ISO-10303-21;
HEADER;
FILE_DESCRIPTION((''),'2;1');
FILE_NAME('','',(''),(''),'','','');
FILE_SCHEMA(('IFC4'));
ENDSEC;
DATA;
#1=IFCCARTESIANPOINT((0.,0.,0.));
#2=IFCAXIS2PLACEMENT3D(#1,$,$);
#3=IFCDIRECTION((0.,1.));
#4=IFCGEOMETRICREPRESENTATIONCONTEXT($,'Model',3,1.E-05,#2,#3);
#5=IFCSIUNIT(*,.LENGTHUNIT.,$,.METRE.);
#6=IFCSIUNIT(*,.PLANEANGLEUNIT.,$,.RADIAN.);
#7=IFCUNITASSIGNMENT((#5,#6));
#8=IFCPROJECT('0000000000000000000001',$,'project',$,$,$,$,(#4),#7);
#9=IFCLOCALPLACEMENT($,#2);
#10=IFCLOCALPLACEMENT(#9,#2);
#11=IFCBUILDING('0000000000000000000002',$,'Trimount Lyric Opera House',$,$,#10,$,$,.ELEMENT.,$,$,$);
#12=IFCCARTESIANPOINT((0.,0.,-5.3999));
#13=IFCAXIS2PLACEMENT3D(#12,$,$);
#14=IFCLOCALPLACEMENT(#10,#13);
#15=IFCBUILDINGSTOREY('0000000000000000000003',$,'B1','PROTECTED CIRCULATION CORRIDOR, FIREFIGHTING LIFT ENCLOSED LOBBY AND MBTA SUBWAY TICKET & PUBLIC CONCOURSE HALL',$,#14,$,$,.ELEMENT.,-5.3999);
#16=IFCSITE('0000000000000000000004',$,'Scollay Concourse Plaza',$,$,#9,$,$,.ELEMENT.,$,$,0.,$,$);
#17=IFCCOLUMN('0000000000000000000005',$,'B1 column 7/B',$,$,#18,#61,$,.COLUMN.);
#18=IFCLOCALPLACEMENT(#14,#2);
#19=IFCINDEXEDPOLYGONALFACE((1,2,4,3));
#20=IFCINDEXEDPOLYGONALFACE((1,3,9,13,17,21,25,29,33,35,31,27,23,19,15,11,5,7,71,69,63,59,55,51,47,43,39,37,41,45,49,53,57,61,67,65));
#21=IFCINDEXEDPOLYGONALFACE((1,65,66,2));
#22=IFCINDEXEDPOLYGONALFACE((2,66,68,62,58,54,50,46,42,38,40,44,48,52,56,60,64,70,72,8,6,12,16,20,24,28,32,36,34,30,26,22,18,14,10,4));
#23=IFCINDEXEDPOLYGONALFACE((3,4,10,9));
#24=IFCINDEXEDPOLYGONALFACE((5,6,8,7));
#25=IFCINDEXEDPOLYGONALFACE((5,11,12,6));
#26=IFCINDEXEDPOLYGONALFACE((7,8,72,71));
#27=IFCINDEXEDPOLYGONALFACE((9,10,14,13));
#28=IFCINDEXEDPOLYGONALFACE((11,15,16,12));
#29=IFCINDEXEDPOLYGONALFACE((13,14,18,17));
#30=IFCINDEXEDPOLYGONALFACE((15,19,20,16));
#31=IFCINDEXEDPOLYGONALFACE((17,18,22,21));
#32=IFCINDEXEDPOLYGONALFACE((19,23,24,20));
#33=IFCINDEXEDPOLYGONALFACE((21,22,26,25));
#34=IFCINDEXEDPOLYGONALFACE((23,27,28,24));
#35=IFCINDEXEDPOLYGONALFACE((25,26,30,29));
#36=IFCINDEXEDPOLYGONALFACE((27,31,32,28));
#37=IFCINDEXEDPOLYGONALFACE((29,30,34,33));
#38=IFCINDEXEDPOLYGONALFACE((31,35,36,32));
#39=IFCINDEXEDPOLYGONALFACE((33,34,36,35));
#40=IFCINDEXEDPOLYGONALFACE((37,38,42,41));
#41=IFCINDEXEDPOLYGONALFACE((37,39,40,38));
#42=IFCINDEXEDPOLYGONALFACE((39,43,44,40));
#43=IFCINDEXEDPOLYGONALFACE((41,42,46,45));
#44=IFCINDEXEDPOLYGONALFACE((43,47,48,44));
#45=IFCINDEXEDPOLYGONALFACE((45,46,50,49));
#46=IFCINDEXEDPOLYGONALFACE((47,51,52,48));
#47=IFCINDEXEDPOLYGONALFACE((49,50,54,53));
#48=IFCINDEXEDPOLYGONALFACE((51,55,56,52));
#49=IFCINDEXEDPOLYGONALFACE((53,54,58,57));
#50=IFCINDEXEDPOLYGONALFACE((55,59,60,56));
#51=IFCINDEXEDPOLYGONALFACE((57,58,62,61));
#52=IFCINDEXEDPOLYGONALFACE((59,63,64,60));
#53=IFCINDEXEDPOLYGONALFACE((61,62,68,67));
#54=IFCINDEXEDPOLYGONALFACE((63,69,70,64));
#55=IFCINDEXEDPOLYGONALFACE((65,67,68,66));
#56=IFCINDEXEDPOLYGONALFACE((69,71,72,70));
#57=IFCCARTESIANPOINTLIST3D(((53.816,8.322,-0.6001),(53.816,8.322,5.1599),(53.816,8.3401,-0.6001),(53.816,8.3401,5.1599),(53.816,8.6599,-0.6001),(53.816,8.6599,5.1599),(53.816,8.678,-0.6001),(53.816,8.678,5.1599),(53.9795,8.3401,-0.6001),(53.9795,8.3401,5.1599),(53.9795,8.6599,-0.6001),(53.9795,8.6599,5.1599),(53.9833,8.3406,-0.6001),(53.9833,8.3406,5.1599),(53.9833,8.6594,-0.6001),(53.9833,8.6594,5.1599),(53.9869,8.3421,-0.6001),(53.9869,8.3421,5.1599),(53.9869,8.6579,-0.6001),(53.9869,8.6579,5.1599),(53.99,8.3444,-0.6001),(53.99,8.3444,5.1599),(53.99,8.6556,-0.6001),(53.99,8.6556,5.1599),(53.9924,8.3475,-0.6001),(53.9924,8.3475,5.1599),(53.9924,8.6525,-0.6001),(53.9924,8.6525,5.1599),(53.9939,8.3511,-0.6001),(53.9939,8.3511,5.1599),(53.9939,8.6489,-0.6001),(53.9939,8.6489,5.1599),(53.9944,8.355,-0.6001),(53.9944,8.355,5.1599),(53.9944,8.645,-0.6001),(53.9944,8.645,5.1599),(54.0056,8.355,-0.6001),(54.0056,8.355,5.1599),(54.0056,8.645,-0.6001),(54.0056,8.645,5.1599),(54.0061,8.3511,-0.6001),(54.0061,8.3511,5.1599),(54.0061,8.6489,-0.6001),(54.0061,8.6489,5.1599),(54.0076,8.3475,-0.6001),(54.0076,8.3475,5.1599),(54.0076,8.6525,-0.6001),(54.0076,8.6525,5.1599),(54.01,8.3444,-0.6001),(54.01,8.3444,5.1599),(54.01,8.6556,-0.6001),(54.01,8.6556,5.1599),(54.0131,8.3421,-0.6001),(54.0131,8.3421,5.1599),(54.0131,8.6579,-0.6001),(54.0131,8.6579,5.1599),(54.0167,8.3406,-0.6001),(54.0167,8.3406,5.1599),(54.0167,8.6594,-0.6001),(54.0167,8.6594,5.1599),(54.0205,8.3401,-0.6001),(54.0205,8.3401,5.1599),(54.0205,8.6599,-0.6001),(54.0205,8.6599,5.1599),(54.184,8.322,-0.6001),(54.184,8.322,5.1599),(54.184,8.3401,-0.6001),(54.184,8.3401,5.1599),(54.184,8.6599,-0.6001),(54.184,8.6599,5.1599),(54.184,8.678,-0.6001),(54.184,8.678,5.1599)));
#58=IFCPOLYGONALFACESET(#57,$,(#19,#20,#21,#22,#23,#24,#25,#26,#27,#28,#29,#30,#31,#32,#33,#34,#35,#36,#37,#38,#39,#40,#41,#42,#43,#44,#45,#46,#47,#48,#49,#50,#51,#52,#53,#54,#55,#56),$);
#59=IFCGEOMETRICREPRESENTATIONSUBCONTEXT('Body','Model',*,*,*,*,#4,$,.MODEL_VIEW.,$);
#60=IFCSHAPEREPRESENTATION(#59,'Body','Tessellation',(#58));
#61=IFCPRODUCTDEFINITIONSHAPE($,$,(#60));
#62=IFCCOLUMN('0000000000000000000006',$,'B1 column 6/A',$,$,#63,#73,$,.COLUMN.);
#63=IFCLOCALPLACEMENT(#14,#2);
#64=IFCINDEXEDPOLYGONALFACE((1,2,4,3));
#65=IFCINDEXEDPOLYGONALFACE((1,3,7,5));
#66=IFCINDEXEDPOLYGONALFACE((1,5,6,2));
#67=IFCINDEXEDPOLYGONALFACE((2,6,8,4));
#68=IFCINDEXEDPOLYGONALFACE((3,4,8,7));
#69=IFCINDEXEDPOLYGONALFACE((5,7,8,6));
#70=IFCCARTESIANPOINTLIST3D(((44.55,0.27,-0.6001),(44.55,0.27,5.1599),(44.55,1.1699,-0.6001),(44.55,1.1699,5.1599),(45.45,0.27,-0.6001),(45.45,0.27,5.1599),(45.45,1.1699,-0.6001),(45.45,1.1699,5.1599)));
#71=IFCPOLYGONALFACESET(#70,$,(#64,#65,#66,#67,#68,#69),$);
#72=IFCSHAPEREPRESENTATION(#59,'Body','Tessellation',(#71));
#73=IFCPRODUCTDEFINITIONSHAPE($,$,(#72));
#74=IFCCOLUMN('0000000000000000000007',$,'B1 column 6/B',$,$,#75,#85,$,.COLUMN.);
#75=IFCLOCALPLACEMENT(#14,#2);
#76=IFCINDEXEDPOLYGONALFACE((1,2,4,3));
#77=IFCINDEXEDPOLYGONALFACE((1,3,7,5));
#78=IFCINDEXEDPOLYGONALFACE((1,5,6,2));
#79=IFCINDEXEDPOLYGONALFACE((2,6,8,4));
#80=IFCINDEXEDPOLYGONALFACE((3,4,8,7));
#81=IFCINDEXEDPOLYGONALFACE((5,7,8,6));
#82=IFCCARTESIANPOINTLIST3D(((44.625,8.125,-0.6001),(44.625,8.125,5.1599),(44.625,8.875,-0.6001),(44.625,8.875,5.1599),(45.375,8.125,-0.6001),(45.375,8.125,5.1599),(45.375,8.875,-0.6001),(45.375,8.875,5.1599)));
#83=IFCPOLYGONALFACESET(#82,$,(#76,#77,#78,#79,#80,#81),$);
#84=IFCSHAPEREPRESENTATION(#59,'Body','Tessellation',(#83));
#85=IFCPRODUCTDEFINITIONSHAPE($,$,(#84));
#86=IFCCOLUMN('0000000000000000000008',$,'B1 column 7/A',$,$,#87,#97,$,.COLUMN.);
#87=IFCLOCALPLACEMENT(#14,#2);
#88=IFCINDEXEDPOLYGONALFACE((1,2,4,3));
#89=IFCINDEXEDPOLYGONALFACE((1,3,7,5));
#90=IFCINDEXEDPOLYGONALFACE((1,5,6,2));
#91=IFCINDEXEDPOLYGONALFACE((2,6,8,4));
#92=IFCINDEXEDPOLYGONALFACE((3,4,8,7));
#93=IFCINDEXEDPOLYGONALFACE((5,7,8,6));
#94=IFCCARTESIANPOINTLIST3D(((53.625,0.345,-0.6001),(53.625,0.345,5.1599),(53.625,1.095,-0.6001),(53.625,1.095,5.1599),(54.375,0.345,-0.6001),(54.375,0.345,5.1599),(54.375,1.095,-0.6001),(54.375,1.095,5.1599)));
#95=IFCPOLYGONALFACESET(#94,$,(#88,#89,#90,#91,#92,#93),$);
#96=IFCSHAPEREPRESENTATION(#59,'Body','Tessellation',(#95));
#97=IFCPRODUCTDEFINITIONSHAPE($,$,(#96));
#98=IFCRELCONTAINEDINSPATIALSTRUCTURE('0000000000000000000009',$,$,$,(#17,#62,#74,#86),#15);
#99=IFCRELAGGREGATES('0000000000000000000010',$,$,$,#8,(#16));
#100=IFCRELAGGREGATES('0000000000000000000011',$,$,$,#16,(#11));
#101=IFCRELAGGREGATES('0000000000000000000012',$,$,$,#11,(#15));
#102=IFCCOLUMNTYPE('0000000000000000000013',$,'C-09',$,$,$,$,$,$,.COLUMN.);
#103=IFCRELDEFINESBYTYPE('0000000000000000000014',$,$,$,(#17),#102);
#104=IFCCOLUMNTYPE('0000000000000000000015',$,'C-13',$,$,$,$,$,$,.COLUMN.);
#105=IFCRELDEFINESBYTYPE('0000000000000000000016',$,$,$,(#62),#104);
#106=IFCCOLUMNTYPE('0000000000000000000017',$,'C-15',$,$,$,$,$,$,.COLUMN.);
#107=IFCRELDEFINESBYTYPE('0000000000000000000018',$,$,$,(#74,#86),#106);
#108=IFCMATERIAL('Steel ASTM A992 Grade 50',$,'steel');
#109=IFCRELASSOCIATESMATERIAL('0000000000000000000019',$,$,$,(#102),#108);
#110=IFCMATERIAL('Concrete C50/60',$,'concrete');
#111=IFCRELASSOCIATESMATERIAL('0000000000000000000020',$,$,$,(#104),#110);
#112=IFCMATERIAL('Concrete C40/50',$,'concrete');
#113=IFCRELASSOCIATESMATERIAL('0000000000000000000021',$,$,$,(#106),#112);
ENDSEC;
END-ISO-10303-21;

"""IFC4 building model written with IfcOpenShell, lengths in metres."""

from ifc_helpers import new_model, si_unit, direction, frame, origin, origin_2d, place, context, subcontext, project, spatial, rectangle, i_section, extrude, material, material_profile, profile_set, type_object, element, save


model = new_model("IFC4")

# Units and contexts
model_context = context("Model", 3, precision=1e-05, world=origin(), true_north=direction((0.0, 1.0)))
body_context = subcontext(model_context, "Body", "Model", "MODEL_VIEW")
ifc_project = project(units=[si_unit("LENGTHUNIT", "METRE"), si_unit("PLANEANGLEUNIT", "RADIAN")], contexts=[model_context])

# Site, building, storey
site_placement = place(None, origin())
site = spatial("IfcSite", under=ifc_project, at=site_placement, Name="Scollay Concourse Plaza", CompositionType="ELEMENT", RefElevation=0.0)
building_placement = place(site_placement, origin())
building = spatial("IfcBuilding", under=site, at=building_placement, Name="Trimount Lyric Opera House", CompositionType="ELEMENT")
storey_placement = place(building_placement, frame((0.0, 0.0, -5.3999)))
storey = spatial("IfcBuildingStorey", under=building, at=storey_placement, Name="B1", Description="PROTECTED CIRCULATION CORRIDOR, FIREFIGHTING LIFT ENCLOSED LOBBY AND MBTA SUBWAY TICKET & PUBLIC CONCOURSE HALL", CompositionType="ELEMENT", Elevation=-5.3999)

# Columns
ifc_material_1 = material(Name="Steel ASTM A992 Grade 50", Category="steel")
ifc_material_profile_1 = material_profile(ifc_material_1, i_section(OverallWidth=0.3679, OverallDepth=0.356, WebThickness=0.0112, FlangeThickness=0.0181, FilletRadius=0.0149, at=origin_2d()), Name="W14X90")
ifc_profile_set_1 = profile_set([ifc_material_profile_1], Name="Steel ASTM A992 Grade 50")
column_type_1 = type_object("IfcColumnType", Name="C-09", PredefinedType="COLUMN", material=ifc_profile_set_1)
for number, where, z_axis, x_axis, name in (
    (1, (54.0, 8.5, -0.6001), (0.0, 0.0, 1.0), (1.0, 0.0, 0.0), "B1 column 7/B"),
):
    element("IfcColumn", number, at=place(storey_placement, frame(where, z_axis=z_axis, x_axis=x_axis)), inside=storey, type_object=column_type_1, Name=name, PredefinedType="COLUMN", context=body_context, shape_type="SweptSolid", body=[
        extrude(i_section(OverallWidth=0.3679, OverallDepth=0.356, WebThickness=0.0112, FlangeThickness=0.0181, FilletRadius=0.0149, at=origin_2d()), origin(), (0.0, 0.0, 1.0), 5.76),
    ])
ifc_material_2 = material(Name="Concrete C50/60", Category="concrete")
ifc_material_profile_2 = material_profile(ifc_material_2, rectangle(XDim=0.8999, YDim=0.8999, at=origin_2d()), Name="RC900X900")
ifc_profile_set_2 = profile_set([ifc_material_profile_2], Name="Concrete C50/60")
column_type_2 = type_object("IfcColumnType", Name="C-13", PredefinedType="COLUMN", material=ifc_profile_set_2)
column_placement = place(storey_placement, frame((45.0, 0.72, -0.6001), z_axis=(0.0, 0.0, 1.0), x_axis=(1.0, 0.0, 0.0)))
element("IfcColumn", 2, at=column_placement, inside=storey, type_object=column_type_2, Name="B1 column 6/A", PredefinedType="COLUMN", context=body_context, shape_type="SweptSolid", body=[
    extrude(rectangle(XDim=0.8999, YDim=0.8999, at=origin_2d()), origin(), (0.0, 0.0, 1.0), 5.76),
])
ifc_material_3 = material(Name="Concrete C40/50", Category="concrete")
ifc_material_profile_3 = material_profile(ifc_material_3, rectangle(XDim=0.75, YDim=0.75, at=origin_2d()), Name="RC750X750")
ifc_profile_set_3 = profile_set([ifc_material_profile_3], Name="Concrete C40/50")
column_type_3 = type_object("IfcColumnType", Name="C-15", PredefinedType="COLUMN", material=ifc_profile_set_3)
for number, where, z_axis, x_axis, name in (
    (3, (45.0, 8.5, -0.6001), (0.0, 0.0, 1.0), (1.0, 0.0, 0.0), "B1 column 6/B"),
    (4, (54.0, 0.72, -0.6001), (0.0, 0.0, 1.0), (1.0, 0.0, 0.0), "B1 column 7/A"),
):
    element("IfcColumn", number, at=place(storey_placement, frame(where, z_axis=z_axis, x_axis=x_axis)), inside=storey, type_object=column_type_3, Name=name, PredefinedType="COLUMN", context=body_context, shape_type="SweptSolid", body=[
        extrude(rectangle(XDim=0.75, YDim=0.75, at=origin_2d()), origin(), (0.0, 0.0, 1.0), 5.76),
    ])

save(model, "model.ifc")
